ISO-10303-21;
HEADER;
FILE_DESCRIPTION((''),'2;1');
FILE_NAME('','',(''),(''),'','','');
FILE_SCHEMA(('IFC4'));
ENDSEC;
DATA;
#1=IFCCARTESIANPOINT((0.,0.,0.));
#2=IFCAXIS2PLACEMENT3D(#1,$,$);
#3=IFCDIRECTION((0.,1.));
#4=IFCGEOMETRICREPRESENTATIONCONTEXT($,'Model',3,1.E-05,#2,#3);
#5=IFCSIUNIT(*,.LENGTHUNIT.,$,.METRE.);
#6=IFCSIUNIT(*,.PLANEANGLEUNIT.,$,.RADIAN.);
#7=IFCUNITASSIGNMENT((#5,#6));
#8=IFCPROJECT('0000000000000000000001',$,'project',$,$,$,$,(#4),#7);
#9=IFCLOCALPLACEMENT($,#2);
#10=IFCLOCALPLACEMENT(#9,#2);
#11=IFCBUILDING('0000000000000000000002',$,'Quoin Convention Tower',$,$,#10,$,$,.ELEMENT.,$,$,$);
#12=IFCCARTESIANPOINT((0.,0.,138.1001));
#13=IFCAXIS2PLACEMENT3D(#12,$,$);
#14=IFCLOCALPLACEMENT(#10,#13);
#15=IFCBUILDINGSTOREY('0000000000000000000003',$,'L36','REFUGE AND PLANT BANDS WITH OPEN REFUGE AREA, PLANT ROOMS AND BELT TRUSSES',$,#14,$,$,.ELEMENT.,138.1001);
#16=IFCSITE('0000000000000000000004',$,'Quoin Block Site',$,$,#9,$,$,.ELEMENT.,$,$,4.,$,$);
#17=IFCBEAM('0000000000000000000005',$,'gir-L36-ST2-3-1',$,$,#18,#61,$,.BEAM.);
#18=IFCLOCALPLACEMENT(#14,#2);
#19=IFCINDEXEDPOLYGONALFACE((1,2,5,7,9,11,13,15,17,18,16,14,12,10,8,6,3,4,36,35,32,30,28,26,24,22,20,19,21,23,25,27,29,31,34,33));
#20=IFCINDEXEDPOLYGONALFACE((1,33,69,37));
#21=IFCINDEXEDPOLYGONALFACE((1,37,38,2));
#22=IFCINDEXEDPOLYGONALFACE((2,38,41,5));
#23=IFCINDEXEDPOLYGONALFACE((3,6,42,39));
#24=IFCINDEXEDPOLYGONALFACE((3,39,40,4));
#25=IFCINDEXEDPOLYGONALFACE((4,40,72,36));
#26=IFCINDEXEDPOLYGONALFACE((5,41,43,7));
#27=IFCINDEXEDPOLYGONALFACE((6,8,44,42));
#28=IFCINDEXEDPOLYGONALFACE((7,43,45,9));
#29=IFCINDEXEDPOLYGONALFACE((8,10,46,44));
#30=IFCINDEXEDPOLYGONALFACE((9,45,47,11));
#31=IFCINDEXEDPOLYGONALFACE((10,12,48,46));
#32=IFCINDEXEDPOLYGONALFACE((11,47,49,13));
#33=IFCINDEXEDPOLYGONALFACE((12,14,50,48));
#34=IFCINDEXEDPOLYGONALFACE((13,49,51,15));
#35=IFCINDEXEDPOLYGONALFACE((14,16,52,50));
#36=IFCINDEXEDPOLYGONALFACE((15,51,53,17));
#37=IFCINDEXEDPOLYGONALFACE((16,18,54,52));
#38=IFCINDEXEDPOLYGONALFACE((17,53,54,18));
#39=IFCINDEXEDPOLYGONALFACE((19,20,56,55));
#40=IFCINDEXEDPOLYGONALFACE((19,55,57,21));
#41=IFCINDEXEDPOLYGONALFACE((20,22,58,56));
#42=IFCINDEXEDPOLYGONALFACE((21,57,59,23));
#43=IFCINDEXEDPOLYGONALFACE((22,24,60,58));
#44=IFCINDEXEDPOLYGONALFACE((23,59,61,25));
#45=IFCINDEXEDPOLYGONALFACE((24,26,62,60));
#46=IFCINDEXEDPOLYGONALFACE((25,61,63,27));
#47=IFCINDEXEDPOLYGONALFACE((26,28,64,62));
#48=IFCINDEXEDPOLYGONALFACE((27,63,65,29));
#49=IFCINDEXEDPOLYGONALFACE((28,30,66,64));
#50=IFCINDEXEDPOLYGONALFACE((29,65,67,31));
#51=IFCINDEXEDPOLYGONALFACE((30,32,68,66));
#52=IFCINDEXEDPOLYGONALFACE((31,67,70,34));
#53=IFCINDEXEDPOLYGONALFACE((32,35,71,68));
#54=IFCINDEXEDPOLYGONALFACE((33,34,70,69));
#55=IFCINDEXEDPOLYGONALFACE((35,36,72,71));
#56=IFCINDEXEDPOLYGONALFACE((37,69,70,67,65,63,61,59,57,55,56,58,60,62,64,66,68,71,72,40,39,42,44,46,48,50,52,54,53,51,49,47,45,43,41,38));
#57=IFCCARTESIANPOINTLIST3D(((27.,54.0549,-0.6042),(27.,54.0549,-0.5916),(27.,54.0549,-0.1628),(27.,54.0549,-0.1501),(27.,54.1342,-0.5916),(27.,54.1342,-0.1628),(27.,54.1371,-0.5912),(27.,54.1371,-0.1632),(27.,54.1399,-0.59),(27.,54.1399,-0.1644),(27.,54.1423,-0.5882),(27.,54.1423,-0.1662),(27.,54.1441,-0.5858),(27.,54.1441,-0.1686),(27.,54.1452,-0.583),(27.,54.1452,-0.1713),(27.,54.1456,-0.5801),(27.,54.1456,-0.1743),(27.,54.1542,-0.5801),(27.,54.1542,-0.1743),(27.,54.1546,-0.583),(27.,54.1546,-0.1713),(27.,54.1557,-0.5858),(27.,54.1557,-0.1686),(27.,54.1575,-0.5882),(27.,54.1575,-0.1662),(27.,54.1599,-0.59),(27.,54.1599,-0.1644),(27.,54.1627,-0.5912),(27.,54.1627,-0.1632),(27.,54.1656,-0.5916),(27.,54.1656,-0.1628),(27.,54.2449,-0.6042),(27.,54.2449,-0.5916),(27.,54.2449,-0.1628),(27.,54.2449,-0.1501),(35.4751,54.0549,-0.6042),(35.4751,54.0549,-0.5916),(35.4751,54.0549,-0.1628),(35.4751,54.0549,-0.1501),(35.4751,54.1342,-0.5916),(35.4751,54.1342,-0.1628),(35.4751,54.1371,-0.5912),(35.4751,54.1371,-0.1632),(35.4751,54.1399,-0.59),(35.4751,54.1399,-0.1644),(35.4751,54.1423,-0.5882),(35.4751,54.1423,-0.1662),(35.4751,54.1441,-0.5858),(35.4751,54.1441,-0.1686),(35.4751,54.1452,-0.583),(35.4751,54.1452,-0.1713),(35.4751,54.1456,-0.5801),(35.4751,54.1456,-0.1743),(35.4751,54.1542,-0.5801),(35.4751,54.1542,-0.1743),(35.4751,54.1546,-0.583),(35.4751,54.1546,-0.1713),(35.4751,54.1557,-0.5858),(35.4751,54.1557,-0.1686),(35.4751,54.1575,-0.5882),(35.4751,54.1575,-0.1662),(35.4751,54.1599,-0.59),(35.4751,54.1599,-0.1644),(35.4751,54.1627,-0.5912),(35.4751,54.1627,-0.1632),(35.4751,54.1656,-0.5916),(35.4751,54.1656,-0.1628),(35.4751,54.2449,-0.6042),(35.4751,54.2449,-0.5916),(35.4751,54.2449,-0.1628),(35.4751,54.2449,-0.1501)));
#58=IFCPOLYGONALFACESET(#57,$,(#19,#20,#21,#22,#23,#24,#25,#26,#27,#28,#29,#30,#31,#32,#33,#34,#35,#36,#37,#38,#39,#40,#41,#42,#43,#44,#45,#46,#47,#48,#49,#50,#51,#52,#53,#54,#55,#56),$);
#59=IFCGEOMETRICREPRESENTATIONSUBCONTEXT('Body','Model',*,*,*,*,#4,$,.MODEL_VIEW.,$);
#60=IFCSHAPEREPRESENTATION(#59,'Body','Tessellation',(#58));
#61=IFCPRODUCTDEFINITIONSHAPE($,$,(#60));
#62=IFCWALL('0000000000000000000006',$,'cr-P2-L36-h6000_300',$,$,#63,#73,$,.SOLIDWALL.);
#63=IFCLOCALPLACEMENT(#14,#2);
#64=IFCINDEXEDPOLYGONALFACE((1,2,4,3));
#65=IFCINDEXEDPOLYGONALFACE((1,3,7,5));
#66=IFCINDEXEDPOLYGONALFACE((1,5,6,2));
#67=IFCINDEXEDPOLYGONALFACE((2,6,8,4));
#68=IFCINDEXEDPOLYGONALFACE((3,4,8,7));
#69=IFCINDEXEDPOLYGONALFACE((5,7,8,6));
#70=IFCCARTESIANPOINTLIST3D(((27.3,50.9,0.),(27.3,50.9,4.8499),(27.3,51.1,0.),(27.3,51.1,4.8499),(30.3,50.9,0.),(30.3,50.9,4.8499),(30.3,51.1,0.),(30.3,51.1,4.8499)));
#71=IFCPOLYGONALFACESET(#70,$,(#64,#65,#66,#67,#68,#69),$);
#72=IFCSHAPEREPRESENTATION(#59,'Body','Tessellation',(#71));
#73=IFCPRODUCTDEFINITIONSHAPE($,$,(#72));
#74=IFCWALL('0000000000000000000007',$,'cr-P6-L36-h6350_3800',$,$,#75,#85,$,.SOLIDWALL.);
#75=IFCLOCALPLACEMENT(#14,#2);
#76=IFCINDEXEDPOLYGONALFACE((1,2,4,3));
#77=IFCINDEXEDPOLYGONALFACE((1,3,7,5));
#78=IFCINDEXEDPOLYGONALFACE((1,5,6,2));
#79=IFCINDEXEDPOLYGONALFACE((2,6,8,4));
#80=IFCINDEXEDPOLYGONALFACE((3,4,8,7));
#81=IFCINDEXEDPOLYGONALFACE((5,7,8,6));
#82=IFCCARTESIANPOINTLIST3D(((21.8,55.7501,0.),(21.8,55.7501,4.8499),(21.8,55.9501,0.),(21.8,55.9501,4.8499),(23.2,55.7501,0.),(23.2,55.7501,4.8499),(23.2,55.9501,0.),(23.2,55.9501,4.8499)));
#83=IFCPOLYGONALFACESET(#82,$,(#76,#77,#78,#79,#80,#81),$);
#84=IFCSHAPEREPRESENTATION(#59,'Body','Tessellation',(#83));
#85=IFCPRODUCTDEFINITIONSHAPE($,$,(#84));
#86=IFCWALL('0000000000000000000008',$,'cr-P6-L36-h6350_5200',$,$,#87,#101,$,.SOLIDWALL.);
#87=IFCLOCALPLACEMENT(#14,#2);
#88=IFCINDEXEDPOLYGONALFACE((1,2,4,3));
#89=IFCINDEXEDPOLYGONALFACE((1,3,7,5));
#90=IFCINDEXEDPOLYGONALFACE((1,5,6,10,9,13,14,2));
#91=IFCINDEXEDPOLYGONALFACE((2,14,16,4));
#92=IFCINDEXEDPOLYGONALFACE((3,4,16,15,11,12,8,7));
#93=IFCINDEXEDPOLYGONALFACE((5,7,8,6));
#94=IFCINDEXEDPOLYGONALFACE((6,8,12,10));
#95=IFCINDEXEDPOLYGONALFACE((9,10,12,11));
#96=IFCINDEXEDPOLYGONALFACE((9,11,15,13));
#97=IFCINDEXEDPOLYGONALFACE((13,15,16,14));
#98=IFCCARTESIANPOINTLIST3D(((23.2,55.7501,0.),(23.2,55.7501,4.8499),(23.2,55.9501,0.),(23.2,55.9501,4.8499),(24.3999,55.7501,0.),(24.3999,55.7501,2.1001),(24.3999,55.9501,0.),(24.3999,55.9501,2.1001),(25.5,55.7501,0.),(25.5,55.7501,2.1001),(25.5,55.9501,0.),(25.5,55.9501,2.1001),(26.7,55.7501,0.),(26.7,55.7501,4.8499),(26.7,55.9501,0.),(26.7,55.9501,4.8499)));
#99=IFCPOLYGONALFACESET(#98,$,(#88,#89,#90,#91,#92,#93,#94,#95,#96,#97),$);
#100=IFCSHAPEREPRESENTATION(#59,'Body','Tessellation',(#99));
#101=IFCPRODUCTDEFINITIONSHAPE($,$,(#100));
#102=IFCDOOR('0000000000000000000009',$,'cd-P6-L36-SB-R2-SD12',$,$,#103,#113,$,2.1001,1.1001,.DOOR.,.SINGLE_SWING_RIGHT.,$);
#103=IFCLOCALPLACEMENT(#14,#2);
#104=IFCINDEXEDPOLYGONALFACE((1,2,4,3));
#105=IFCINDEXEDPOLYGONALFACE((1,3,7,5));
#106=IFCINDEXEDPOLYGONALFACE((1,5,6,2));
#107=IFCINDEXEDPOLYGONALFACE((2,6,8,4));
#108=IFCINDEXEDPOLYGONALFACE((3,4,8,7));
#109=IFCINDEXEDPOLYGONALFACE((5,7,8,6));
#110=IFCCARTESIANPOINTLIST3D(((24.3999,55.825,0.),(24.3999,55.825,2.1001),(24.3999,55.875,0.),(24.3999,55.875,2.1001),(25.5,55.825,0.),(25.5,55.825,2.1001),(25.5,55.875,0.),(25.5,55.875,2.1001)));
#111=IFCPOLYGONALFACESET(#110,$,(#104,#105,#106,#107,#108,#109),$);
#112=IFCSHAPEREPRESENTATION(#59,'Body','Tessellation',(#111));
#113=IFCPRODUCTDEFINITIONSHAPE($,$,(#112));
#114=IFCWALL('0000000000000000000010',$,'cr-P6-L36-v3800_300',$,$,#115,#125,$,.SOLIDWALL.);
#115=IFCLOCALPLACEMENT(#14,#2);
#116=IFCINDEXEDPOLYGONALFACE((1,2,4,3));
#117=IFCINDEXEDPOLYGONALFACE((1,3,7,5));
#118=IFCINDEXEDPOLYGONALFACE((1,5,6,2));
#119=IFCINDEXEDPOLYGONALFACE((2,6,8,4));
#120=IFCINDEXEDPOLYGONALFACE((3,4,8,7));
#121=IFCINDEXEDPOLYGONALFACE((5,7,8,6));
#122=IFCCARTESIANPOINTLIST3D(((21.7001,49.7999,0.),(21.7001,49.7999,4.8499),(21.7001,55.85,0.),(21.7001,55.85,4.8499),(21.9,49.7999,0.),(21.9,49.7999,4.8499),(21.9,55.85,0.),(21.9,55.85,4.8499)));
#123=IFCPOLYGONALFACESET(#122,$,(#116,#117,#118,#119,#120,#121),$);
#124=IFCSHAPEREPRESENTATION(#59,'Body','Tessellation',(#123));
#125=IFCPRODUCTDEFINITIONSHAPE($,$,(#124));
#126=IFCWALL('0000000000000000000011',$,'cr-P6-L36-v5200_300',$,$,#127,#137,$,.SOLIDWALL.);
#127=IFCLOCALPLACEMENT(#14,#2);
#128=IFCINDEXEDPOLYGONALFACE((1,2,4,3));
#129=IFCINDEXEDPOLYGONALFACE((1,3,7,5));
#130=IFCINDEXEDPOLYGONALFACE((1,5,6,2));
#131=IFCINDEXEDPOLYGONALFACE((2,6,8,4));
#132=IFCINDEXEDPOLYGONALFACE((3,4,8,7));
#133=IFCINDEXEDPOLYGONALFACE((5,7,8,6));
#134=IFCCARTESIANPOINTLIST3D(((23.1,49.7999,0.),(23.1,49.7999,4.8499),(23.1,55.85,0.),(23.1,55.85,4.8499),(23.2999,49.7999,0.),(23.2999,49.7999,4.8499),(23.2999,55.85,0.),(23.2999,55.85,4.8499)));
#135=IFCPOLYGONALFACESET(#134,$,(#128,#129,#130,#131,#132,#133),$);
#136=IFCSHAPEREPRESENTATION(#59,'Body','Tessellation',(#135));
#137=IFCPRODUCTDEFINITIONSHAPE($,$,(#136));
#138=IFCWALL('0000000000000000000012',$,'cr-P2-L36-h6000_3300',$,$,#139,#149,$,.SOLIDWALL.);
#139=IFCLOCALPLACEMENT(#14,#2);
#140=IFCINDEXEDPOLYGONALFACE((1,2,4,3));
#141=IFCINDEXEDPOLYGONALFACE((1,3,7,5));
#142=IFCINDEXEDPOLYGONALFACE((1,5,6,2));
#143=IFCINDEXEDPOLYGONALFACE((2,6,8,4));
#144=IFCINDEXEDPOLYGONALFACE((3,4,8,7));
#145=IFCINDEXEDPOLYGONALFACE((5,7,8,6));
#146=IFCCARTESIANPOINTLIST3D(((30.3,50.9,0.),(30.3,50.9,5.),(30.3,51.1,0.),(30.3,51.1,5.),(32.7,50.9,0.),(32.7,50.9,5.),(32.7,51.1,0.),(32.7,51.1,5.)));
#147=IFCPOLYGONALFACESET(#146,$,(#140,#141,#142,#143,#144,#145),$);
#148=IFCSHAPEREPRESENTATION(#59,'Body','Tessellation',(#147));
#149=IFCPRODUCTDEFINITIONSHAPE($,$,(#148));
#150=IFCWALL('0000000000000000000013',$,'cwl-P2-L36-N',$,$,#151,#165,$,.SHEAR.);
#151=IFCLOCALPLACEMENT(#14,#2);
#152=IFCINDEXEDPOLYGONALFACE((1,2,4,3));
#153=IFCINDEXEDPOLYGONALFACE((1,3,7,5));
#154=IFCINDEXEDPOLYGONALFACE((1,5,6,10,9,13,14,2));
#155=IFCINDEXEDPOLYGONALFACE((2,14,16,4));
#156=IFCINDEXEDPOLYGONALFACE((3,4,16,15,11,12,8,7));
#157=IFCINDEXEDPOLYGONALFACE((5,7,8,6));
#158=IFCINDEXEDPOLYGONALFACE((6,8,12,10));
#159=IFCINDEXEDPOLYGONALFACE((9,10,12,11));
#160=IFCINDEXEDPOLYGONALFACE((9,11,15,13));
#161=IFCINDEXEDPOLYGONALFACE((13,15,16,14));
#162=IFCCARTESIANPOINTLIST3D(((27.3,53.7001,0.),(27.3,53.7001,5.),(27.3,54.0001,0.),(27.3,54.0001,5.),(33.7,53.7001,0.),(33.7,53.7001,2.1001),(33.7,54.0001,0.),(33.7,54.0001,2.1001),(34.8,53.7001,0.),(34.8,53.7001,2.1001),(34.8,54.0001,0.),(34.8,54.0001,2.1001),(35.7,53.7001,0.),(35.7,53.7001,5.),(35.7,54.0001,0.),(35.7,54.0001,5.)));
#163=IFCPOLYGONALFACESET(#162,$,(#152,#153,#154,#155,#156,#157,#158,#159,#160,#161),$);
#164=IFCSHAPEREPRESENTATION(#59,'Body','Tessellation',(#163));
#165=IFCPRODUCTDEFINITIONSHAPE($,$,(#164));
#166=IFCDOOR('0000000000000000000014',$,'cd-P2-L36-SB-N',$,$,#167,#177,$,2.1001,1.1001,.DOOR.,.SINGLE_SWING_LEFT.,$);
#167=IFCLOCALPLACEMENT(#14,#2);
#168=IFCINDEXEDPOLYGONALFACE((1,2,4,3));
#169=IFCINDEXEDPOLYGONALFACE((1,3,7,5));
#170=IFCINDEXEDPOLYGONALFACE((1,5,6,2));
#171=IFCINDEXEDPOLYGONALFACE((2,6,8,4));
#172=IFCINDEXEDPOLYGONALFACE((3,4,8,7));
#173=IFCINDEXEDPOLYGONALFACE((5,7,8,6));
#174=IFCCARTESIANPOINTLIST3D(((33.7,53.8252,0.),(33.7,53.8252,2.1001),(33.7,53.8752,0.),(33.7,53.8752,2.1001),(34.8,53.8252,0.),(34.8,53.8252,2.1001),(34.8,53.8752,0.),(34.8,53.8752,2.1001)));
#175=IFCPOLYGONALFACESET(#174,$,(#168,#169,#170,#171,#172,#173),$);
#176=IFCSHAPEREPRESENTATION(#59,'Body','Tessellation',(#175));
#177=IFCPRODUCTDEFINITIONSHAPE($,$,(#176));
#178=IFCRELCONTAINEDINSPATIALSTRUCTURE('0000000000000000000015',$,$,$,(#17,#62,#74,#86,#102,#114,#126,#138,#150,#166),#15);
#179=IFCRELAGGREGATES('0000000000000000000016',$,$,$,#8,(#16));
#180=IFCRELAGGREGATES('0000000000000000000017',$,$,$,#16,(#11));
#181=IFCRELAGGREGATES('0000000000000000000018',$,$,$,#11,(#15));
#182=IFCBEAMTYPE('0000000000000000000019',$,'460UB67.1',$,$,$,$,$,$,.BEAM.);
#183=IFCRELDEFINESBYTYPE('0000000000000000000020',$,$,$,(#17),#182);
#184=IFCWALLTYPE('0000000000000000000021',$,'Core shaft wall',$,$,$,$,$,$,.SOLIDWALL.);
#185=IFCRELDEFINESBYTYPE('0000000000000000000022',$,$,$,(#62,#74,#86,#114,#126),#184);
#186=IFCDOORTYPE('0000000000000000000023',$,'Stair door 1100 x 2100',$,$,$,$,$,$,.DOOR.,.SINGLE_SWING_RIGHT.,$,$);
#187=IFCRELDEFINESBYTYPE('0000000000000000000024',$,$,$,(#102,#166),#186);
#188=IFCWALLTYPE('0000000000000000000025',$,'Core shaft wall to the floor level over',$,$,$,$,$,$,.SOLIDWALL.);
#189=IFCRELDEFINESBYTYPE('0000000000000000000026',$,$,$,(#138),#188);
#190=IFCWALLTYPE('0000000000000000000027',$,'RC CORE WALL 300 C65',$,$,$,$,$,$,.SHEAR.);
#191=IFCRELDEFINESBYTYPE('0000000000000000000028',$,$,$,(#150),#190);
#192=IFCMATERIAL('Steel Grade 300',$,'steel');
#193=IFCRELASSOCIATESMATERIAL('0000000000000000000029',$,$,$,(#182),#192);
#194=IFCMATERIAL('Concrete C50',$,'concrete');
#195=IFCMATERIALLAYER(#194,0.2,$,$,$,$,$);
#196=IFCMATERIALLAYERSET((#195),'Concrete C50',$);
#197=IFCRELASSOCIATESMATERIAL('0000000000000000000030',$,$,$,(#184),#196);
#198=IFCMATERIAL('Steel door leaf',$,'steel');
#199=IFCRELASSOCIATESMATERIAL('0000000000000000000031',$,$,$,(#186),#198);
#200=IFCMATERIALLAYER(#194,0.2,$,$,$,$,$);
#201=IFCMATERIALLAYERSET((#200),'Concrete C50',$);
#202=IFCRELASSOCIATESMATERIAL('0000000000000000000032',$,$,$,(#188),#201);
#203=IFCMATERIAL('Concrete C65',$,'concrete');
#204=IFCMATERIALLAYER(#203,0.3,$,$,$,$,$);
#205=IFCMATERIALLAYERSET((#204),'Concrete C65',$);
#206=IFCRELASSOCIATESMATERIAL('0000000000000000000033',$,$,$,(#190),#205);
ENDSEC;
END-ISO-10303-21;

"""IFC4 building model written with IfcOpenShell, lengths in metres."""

from ifc_helpers import new_model, si_unit, direction, frame, frame_2d, origin, origin_2d, place, context, subcontext, project, spatial, rectangle, i_section, extrude, material, layer, layer_set, material_profile, profile_set, type_object, element, fill, save


model = new_model("IFC4")

# Units and contexts
model_context = context("Model", 3, precision=1e-05, world=origin(), true_north=direction((0.0, 1.0)))
body_context = subcontext(model_context, "Body", "Model", "MODEL_VIEW")
ifc_project = project(units=[si_unit("LENGTHUNIT", "METRE"), si_unit("PLANEANGLEUNIT", "RADIAN")], contexts=[model_context])

# Site, building, storey
site_placement = place(None, origin())
site = spatial("IfcSite", under=ifc_project, at=site_placement, Name="Quoin Block Site", CompositionType="ELEMENT", RefElevation=4.0)
building_placement = place(site_placement, origin())
building = spatial("IfcBuilding", under=site, at=building_placement, Name="Quoin Convention Tower", CompositionType="ELEMENT")
storey_placement = place(building_placement, frame((0.0, 0.0, 138.1001)))
storey = spatial("IfcBuildingStorey", under=building, at=storey_placement, Name="L36", Description="REFUGE AND PLANT BANDS WITH OPEN REFUGE AREA, PLANT ROOMS AND BELT TRUSSES", CompositionType="ELEMENT", Elevation=138.1001)

# Beam
ifc_material_1 = material(Name="Steel Grade 300", Category="steel")
ifc_material_profile = material_profile(ifc_material_1, i_section(OverallWidth=0.1899, OverallDepth=0.4541, WebThickness=0.0085, FlangeThickness=0.0127, FilletRadius=0.0115, at=origin_2d()), Name="460UB67.1")
ifc_profile_set = profile_set([ifc_material_profile], Name="Steel Grade 300")
beam_type = type_object("IfcBeamType", Name="460UB67.1", PredefinedType="BEAM", material=ifc_profile_set)
beam_placement = place(storey_placement, frame((27.0, 54.1499, -0.3772), z_axis=(1.0, 0.0, 0.0), x_axis=(0.0, 1.0, 0.0)))
element("IfcBeam", 1, at=beam_placement, inside=storey, type_object=beam_type, Name="gir-L36-ST2-3-1", PredefinedType="BEAM", context=body_context, shape_type="SweptSolid", body=[
    extrude(i_section(OverallWidth=0.1899, OverallDepth=0.4541, WebThickness=0.0085, FlangeThickness=0.0127, FilletRadius=0.0115, at=origin_2d()), origin(), (0.0, 0.0, 1.0), 8.4751),
])

# Walls
ifc_material_2 = material(Name="Concrete C50", Category="concrete")
ifc_layer_1 = layer(ifc_material_2, 0.2)
ifc_layer_set_1 = layer_set([ifc_layer_1], Name="Concrete C50")
wall_type_1 = type_object("IfcWallType", Name="Core shaft wall", PredefinedType="SOLIDWALL", material=ifc_layer_set_1)
wall_1_placement = place(storey_placement, frame((27.3, 51.0, 0.0), z_axis=(0.0, 0.0, 1.0), x_axis=(1.0, 0.0, 0.0)))
element("IfcWall", 2, at=wall_1_placement, inside=storey, type_object=wall_type_1, Name="cr-P2-L36-h6000_300", PredefinedType="SOLIDWALL", context=body_context, shape_type="SweptSolid", body=[
    extrude(rectangle(XDim=3.0, YDim=0.2, at=frame_2d((1.5, 0.0))), origin(), (0.0, 0.0, 1.0), 4.8499),
])
wall_2_placement = place(storey_placement, frame((21.8, 55.8501, 0.0), z_axis=(0.0, 0.0, 1.0), x_axis=(1.0, 0.0, 0.0)))
element("IfcWall", 3, at=wall_2_placement, inside=storey, type_object=wall_type_1, Name="cr-P6-L36-h6350_3800", PredefinedType="SOLIDWALL", context=body_context, shape_type="SweptSolid", body=[
    extrude(rectangle(XDim=1.3999, YDim=0.2, at=frame_2d((0.7, 0.0))), origin(), (0.0, 0.0, 1.0), 4.8499),
])

# Wall, opening, door
wall_3_placement = place(storey_placement, frame((23.2, 55.8501, 0.0), z_axis=(0.0, 0.0, 1.0), x_axis=(1.0, 0.0, 0.0)))
wall_3 = element("IfcWall", 4, at=wall_3_placement, inside=storey, type_object=wall_type_1, Name="cr-P6-L36-h6350_5200", PredefinedType="SOLIDWALL", context=body_context, shape_type="SweptSolid", body=[
    extrude(rectangle(XDim=3.5, YDim=0.2, at=frame_2d((1.75, 0.0))), origin(), (0.0, 0.0, 1.0), 4.8499),
])
opening_1_placement = place(wall_3_placement, frame((1.2, 0.0, 0.0)))
opening_1 = element("IfcOpeningElement", 5, at=opening_1_placement, cuts=wall_3, PredefinedType="OPENING", context=body_context, shape_type="SweptSolid", body=[
    extrude(rectangle(XDim=1.1001, YDim=2.1001, at=frame_2d((0.55, 1.05))), frame((0.0, 0.1099, 0.0), z_axis=(0.0, -1.0, 0.0), x_axis=(1.0, 0.0, 0.0)), (0.0, 0.0, 1.0), 0.22),
])
ifc_material_3 = material(Name="Steel door leaf", Category="steel")
door_type = type_object("IfcDoorType", Name="Stair door 1100 x 2100", OperationType="SINGLE_SWING_RIGHT", PredefinedType="DOOR", material=ifc_material_3)
door_1_placement = place(opening_1_placement, origin())
door_1 = element("IfcDoor", 6, at=door_1_placement, inside=storey, type_object=door_type, Name="cd-P6-L36-SB-R2-SD12", OperationType="SINGLE_SWING_RIGHT", OverallHeight=2.1001, OverallWidth=1.1001, PredefinedType="DOOR", context=body_context, shape_type="SweptSolid", body=[
    extrude(rectangle(XDim=1.1001, YDim=2.1001, at=frame_2d((0.55, 1.05))), frame((0.0, 0.0249, 0.0), z_axis=(0.0, -1.0, 0.0), x_axis=(1.0, 0.0, 0.0)), (0.0, 0.0, 1.0), 0.05),
])
fill(opening_1, door_1)

# Walls
for number, where, z_axis, x_axis, name in (
    (7, (21.8, 49.8, 0.0), (0.0, 0.0, 1.0), (0.0, 1.0, 0.0), "cr-P6-L36-v3800_300"),
    (8, (23.2, 49.8, 0.0), (0.0, 0.0, 1.0), (0.0, 1.0, 0.0), "cr-P6-L36-v5200_300"),
):
    element("IfcWall", number, at=place(storey_placement, frame(where, z_axis=z_axis, x_axis=x_axis)), inside=storey, type_object=wall_type_1, Name=name, PredefinedType="SOLIDWALL", context=body_context, shape_type="SweptSolid", body=[
        extrude(rectangle(XDim=6.05, YDim=0.2, at=frame_2d((3.0249, 0.0))), origin(), (0.0, 0.0, 1.0), 4.8499),
    ])
ifc_layer_2 = layer(ifc_material_2, 0.2)
ifc_layer_set_2 = layer_set([ifc_layer_2], Name="Concrete C50")
wall_type_2 = type_object("IfcWallType", Name="Core shaft wall to the floor level over", PredefinedType="SOLIDWALL", material=ifc_layer_set_2)
wall_4_placement = place(storey_placement, frame((30.3, 51.0, 0.0), z_axis=(0.0, 0.0, 1.0), x_axis=(1.0, 0.0, 0.0)))
element("IfcWall", 9, at=wall_4_placement, inside=storey, type_object=wall_type_2, Name="cr-P2-L36-h6000_3300", PredefinedType="SOLIDWALL", context=body_context, shape_type="SweptSolid", body=[
    extrude(rectangle(XDim=2.3999, YDim=0.2, at=frame_2d((1.2, 0.0))), origin(), (0.0, 0.0, 1.0), 5.0),
])

# Wall, opening, door
ifc_material_4 = material(Name="Concrete C65", Category="concrete")
ifc_layer_3 = layer(ifc_material_4, 0.3)
ifc_layer_set_3 = layer_set([ifc_layer_3], Name="Concrete C65")
wall_type_3 = type_object("IfcWallType", Name="RC CORE WALL 300 C65", PredefinedType="SHEAR", material=ifc_layer_set_3)
wall_5_placement = place(storey_placement, frame((27.3, 53.8501, 0.0), z_axis=(0.0, 0.0, 1.0), x_axis=(1.0, 0.0, 0.0)))
wall_5 = element("IfcWall", 10, at=wall_5_placement, inside=storey, type_object=wall_type_3, Name="cwl-P2-L36-N", PredefinedType="SHEAR", context=body_context, shape_type="SweptSolid", body=[
    extrude(rectangle(XDim=8.3999, YDim=0.3, at=frame_2d((4.2, 0.0))), origin(), (0.0, 0.0, 1.0), 5.0),
])
opening_2_placement = place(wall_5_placement, frame((6.3999, 0.0, 0.0)))
opening_2 = element("IfcOpeningElement", 11, at=opening_2_placement, cuts=wall_5, PredefinedType="OPENING", context=body_context, shape_type="SweptSolid", body=[
    extrude(rectangle(XDim=1.1001, YDim=2.1001, at=frame_2d((0.55, 1.05))), frame((0.0, 0.1599, 0.0), z_axis=(0.0, -1.0, 0.0), x_axis=(1.0, 0.0, 0.0)), (0.0, 0.0, 1.0), 0.3201),
])
door_2_placement = place(opening_2_placement, frame((1.1001, 0.0, 0.0), z_axis=(0.0, 0.0, 1.0), x_axis=(-1.0, 0.0, 0.0)))
door_2 = element("IfcDoor", 12, at=door_2_placement, inside=storey, type_object=door_type, Name="cd-P2-L36-SB-N", OperationType="SINGLE_SWING_LEFT", OverallHeight=2.1001, OverallWidth=1.1001, PredefinedType="DOOR", context=body_context, shape_type="SweptSolid", body=[
    extrude(rectangle(XDim=1.1001, YDim=2.1001, at=frame_2d((0.55, 1.05))), frame((0.0, 0.0249, 0.0), z_axis=(0.0, -1.0, 0.0), x_axis=(1.0, 0.0, 0.0)), (0.0, 0.0, 1.0), 0.05),
])
fill(opening_2, door_2)

save(model, "model.ifc")
